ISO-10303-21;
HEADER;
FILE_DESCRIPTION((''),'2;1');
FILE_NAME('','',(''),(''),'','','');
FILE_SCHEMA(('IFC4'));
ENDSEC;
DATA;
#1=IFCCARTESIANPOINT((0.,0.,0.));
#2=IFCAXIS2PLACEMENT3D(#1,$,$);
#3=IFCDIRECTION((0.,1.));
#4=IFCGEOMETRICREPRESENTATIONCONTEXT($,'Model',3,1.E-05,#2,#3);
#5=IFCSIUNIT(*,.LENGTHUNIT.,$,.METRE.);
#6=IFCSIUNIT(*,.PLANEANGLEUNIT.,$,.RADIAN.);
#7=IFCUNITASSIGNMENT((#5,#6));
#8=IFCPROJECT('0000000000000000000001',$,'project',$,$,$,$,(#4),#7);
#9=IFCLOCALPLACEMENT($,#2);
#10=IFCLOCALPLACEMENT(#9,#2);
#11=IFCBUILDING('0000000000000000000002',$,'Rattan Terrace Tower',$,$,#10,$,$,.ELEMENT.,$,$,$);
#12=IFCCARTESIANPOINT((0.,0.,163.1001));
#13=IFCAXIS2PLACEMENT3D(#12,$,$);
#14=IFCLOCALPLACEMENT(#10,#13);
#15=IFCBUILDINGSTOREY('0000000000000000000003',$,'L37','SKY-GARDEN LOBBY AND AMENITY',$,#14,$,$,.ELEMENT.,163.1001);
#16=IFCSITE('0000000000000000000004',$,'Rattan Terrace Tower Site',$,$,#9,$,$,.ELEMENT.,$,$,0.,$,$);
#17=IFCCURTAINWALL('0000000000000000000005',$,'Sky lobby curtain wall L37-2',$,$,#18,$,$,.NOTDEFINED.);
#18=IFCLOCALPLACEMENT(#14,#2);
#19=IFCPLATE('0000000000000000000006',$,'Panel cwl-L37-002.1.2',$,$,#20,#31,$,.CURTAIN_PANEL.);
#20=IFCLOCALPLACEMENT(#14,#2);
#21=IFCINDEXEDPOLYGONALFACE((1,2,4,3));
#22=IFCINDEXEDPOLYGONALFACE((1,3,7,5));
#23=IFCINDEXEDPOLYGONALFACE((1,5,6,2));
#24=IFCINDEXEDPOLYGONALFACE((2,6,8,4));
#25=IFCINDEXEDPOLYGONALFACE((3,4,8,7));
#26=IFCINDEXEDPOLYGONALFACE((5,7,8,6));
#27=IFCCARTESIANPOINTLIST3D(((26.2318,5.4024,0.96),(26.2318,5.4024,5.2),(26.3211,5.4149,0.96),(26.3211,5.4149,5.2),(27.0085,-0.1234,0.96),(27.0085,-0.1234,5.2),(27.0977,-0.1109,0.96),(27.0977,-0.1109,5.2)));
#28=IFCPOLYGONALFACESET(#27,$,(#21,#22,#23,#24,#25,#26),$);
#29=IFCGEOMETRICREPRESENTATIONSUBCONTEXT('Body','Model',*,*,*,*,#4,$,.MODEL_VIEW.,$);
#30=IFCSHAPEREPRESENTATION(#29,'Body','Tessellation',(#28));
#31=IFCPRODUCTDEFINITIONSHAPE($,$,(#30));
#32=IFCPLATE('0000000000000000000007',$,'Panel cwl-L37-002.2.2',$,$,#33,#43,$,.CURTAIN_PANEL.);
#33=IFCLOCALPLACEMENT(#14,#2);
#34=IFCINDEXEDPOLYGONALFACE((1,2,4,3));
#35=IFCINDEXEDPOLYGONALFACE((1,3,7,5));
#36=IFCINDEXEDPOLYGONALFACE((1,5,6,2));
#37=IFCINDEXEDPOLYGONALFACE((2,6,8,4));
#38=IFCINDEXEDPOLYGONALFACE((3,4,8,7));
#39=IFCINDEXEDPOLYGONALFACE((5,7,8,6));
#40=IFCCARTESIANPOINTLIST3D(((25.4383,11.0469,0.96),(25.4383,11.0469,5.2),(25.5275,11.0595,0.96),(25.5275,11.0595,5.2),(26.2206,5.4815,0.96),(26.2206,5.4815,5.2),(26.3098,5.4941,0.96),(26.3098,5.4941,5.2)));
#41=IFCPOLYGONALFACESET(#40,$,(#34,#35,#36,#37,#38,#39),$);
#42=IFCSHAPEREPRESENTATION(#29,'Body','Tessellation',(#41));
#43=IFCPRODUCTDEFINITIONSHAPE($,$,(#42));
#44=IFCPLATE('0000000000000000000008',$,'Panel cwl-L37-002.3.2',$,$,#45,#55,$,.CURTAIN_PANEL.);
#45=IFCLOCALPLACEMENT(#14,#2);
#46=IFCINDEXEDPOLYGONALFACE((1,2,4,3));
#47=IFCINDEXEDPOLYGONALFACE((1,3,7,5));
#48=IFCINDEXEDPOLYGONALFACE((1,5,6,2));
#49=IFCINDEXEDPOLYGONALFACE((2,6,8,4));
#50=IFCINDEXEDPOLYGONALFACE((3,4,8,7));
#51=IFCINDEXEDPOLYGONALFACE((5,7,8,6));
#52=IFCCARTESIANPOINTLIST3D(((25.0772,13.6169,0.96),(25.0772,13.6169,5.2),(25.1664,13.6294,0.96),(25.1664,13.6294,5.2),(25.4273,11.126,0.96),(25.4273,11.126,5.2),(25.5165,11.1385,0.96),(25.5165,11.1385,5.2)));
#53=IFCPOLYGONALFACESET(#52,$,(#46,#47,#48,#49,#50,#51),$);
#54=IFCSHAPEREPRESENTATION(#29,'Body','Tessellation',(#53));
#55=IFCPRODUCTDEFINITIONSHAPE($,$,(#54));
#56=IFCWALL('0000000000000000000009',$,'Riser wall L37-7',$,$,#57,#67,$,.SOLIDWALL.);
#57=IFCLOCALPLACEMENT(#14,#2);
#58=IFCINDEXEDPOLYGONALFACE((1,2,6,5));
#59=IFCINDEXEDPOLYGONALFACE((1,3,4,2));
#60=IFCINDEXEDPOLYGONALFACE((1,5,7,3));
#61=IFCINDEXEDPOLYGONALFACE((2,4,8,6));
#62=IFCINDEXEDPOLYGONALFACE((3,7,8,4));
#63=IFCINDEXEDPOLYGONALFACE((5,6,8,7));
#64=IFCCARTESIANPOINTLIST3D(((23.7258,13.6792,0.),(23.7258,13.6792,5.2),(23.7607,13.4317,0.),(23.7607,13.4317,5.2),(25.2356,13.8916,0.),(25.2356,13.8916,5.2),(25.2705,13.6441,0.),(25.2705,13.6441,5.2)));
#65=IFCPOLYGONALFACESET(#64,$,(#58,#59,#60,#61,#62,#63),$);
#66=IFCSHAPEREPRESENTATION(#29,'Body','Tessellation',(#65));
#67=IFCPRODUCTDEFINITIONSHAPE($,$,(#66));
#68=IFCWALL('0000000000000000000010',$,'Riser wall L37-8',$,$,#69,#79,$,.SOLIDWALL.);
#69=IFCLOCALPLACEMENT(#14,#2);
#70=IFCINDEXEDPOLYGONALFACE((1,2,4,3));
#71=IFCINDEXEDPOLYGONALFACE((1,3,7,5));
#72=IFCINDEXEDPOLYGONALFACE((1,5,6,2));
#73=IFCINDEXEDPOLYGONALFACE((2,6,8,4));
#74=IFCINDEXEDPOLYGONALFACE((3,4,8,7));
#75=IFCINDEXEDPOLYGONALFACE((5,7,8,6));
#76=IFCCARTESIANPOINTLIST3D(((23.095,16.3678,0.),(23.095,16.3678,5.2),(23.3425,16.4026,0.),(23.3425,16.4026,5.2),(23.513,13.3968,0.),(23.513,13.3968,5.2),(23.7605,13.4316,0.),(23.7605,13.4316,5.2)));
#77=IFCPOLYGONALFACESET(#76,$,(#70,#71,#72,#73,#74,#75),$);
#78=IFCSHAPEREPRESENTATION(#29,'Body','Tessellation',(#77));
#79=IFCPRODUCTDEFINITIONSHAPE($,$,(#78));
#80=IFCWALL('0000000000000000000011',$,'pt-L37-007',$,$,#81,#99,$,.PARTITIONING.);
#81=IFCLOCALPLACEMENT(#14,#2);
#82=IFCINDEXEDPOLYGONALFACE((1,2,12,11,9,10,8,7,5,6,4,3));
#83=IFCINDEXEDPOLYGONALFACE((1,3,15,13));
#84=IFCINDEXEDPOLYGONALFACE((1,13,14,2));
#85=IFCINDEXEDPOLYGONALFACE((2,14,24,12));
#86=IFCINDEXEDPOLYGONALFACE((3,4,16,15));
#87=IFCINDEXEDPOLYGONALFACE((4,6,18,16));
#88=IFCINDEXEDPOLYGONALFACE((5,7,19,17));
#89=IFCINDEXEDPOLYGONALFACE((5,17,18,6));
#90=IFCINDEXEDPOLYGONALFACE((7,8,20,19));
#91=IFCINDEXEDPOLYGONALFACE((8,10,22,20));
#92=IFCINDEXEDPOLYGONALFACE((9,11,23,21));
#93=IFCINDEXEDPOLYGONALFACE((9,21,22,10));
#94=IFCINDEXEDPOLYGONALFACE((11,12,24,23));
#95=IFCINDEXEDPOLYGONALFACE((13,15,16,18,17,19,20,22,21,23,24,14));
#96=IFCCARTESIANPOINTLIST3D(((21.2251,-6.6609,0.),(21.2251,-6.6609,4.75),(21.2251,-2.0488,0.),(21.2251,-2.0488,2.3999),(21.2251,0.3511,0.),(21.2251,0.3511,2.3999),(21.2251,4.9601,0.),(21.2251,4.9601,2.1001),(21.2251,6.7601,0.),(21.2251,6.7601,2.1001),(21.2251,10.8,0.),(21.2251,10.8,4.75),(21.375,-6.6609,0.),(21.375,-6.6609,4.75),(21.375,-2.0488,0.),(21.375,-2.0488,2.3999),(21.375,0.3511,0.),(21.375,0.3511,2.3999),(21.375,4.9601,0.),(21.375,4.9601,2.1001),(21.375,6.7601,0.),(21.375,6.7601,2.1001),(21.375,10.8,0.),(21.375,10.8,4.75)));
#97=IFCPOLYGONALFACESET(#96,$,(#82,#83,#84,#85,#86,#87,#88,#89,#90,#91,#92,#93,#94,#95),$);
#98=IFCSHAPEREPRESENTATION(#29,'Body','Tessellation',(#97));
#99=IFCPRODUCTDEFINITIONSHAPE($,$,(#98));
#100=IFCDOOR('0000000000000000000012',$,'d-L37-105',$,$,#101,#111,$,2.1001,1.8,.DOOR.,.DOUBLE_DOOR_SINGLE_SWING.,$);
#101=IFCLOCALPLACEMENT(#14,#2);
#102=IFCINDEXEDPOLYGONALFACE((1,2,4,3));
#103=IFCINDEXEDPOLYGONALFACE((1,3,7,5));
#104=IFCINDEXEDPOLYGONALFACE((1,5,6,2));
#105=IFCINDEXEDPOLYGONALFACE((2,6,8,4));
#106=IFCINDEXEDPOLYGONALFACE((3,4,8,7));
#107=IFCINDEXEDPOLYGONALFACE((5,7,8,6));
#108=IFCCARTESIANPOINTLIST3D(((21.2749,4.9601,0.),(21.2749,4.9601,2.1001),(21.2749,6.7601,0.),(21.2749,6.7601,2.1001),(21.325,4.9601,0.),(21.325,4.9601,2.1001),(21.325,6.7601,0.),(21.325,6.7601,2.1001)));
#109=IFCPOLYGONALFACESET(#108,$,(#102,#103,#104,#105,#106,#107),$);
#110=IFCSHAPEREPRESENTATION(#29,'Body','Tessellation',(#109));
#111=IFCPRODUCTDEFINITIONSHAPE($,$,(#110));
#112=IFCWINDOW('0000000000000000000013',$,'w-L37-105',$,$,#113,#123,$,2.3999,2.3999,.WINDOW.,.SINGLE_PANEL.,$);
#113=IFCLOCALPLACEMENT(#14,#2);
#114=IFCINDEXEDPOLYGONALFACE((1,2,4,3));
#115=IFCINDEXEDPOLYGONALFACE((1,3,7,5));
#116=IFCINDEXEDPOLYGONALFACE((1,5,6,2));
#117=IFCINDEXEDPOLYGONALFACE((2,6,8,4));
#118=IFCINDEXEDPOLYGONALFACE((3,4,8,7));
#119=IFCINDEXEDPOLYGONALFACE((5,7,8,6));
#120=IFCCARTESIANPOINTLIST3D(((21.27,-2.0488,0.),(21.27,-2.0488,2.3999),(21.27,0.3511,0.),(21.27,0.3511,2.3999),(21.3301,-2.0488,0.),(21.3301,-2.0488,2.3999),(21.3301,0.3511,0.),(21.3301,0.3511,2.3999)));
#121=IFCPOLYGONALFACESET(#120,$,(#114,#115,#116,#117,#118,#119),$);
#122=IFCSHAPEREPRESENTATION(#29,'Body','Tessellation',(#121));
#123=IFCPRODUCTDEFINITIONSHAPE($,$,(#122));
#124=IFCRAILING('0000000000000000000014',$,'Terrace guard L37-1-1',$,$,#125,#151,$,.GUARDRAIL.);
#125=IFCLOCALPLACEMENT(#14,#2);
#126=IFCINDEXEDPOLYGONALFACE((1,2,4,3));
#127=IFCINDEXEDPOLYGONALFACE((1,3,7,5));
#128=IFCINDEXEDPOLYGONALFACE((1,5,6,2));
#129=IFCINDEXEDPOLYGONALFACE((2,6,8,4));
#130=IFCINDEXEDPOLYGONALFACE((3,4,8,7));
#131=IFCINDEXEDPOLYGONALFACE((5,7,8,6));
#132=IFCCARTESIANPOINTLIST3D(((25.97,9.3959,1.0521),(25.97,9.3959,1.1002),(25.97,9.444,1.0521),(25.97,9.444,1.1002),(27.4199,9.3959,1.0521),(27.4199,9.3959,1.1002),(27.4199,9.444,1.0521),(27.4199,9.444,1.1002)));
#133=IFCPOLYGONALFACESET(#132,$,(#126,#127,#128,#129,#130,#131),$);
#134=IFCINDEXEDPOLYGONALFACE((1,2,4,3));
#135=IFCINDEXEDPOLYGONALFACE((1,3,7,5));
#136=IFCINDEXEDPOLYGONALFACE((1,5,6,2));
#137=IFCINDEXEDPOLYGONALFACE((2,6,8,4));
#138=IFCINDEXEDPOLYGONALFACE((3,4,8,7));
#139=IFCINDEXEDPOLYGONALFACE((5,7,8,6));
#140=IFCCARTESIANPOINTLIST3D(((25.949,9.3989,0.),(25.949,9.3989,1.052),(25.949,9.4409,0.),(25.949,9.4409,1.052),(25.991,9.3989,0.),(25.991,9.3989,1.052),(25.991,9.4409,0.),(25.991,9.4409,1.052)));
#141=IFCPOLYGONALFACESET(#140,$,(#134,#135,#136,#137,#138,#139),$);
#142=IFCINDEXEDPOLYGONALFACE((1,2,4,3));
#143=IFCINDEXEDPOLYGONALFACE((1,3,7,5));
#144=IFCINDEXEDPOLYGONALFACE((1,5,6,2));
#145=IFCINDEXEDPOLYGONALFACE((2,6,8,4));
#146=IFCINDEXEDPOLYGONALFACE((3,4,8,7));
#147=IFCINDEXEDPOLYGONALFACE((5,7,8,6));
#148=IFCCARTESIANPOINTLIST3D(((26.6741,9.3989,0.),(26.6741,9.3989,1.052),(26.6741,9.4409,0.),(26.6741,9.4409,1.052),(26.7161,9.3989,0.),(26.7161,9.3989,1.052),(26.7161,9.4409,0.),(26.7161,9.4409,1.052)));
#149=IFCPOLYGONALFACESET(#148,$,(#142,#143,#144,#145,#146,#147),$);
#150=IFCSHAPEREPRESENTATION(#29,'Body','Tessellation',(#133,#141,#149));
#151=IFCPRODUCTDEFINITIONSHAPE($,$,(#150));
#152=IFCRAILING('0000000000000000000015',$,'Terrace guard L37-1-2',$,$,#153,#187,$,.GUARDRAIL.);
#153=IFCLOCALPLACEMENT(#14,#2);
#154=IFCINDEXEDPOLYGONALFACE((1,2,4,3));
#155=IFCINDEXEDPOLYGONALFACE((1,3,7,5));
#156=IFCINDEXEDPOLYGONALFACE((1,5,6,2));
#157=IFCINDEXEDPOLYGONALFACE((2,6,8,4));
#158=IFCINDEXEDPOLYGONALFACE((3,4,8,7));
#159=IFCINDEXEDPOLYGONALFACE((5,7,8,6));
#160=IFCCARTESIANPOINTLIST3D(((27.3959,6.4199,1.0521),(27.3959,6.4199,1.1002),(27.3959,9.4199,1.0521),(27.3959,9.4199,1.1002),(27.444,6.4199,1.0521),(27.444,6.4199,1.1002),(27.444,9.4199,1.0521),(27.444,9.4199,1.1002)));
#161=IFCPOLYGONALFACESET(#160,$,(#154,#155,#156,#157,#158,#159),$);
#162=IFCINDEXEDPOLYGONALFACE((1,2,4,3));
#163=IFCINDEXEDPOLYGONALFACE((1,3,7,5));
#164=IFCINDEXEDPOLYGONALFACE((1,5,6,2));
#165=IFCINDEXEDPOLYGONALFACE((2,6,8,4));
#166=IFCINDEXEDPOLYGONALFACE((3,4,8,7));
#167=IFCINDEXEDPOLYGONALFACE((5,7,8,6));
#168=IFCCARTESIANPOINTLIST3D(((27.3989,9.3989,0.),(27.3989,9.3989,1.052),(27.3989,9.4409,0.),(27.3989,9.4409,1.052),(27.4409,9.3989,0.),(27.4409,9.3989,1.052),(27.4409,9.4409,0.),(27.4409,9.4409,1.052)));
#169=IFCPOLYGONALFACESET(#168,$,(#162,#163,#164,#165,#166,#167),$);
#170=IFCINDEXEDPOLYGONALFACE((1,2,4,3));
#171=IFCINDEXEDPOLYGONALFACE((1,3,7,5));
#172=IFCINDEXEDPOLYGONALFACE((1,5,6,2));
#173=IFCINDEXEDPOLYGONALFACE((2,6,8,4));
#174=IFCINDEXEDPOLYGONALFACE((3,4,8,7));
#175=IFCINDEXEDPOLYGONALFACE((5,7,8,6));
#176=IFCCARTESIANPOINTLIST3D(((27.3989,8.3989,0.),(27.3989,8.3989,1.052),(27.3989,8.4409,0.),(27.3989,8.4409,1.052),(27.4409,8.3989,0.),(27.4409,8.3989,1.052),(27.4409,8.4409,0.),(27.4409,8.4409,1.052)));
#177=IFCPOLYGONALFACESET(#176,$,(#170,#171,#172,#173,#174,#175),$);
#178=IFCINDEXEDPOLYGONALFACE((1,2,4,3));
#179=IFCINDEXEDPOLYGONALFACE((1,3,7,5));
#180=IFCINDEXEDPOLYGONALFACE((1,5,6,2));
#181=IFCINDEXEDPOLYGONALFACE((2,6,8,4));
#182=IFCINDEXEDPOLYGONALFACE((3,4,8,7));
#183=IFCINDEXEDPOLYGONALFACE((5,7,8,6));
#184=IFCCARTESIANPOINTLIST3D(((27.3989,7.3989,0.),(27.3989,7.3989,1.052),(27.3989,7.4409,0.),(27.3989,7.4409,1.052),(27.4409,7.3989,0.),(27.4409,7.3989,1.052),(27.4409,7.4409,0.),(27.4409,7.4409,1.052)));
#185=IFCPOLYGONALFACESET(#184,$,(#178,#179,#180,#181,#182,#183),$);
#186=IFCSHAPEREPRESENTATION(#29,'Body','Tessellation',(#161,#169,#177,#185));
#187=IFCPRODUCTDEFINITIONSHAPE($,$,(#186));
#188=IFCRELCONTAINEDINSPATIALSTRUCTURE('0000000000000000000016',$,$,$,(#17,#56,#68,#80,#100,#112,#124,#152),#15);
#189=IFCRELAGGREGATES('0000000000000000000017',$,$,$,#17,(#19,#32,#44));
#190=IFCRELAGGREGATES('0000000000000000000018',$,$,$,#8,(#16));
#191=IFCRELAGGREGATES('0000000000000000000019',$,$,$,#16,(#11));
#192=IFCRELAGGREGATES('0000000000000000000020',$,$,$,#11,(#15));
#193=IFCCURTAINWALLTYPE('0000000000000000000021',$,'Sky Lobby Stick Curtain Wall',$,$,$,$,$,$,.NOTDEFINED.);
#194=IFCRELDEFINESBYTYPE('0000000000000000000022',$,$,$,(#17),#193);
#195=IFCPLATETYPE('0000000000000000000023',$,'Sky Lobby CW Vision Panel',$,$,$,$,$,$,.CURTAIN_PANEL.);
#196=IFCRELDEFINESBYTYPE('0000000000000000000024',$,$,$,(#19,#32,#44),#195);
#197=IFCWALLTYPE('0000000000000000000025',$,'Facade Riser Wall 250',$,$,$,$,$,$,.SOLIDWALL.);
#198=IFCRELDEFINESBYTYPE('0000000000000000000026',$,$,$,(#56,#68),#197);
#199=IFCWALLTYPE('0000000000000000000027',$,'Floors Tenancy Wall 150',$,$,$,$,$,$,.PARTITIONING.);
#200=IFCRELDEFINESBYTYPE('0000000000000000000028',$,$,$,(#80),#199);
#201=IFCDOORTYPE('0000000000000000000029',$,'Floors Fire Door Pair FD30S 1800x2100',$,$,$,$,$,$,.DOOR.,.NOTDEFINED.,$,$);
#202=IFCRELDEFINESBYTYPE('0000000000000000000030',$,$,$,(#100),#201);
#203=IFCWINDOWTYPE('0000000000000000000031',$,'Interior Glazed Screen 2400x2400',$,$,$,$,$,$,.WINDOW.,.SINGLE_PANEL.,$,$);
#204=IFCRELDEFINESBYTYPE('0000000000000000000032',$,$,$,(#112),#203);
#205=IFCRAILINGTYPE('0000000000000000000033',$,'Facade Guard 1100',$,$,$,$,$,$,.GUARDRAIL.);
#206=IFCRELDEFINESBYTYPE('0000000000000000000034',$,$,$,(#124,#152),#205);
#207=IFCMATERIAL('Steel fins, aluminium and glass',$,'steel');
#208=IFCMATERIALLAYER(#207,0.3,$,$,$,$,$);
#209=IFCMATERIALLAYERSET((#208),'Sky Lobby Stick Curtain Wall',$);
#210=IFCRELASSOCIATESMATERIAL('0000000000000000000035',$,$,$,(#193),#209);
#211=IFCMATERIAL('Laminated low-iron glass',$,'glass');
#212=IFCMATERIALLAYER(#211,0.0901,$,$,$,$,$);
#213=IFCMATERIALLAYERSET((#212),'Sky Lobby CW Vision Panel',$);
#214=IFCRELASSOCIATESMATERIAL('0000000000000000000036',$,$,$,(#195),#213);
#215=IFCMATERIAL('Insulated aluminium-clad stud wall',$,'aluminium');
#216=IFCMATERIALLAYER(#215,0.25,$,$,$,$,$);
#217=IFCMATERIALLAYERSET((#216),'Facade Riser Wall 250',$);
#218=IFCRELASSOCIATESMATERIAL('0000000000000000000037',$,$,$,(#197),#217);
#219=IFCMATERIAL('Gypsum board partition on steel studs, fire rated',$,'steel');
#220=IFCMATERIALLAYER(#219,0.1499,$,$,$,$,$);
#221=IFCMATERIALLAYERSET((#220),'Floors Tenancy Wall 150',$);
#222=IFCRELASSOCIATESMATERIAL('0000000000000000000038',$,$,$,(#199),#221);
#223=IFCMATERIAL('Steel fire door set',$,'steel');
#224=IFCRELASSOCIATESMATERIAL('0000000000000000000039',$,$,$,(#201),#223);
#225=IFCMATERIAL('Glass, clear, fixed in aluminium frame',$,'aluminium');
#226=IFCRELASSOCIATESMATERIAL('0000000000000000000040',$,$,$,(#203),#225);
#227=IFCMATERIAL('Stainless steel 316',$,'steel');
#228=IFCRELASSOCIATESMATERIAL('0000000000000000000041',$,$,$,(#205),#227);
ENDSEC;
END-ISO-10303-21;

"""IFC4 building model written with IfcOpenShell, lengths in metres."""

from ifc_helpers import new_model, si_unit, direction, frame, frame_2d, origin, origin_2d, place, context, subcontext, project, spatial, rectangle, extrude, material, layer, layer_set, type_object, element, fill, aggregate, save


model = new_model("IFC4")

# Units and contexts
model_context = context("Model", 3, precision=1e-05, world=origin(), true_north=direction((0.0, 1.0)))
body_context = subcontext(model_context, "Body", "Model", "MODEL_VIEW")
ifc_project = project(units=[si_unit("LENGTHUNIT", "METRE"), si_unit("PLANEANGLEUNIT", "RADIAN")], contexts=[model_context])

# Site, building, storey
site_placement = place(None, origin())
site = spatial("IfcSite", under=ifc_project, at=site_placement, Name="Rattan Terrace Tower Site", CompositionType="ELEMENT", RefElevation=0.0)
building_placement = place(site_placement, origin())
building = spatial("IfcBuilding", under=site, at=building_placement, Name="Rattan Terrace Tower", CompositionType="ELEMENT")
storey_placement = place(building_placement, frame((0.0, 0.0, 163.1001)))
storey = spatial("IfcBuildingStorey", under=building, at=storey_placement, Name="L37", Description="SKY-GARDEN LOBBY AND AMENITY", CompositionType="ELEMENT", Elevation=163.1001)

# Curtain wall, plates
ifc_material_1 = material(Name="Steel fins, aluminium and glass", Category="steel")
ifc_layer_1 = layer(ifc_material_1, 0.3)
ifc_layer_set_1 = layer_set([ifc_layer_1], Name="Sky Lobby Stick Curtain Wall")
curtain_wall_type = type_object("IfcCurtainWallType", Name="Sky Lobby Stick Curtain Wall", PredefinedType="NOTDEFINED", material=ifc_layer_set_1)
curtain_wall_placement = place(storey_placement, origin())
curtain_wall = element("IfcCurtainWall", 1, at=curtain_wall_placement, inside=storey, type_object=curtain_wall_type, Name="Sky lobby curtain wall L37-2", PredefinedType="NOTDEFINED")
ifc_material_2 = material(Name="Laminated low-iron glass", Category="glass")
ifc_layer_2 = layer(ifc_material_2, 0.0901)
ifc_layer_set_2 = layer_set([ifc_layer_2], Name="Sky Lobby CW Vision Panel")
plate_type_1 = type_object("IfcPlateType", Name="Sky Lobby CW Vision Panel", PredefinedType="CURTAIN_PANEL", material=ifc_layer_set_2)
plate_1_placement = place(storey_placement, frame((26.6648, 2.6458, 0.96), z_axis=(0.0, 0.0, 1.0), x_axis=(-0.139191, 0.990266, 0.0)))
plate_1 = element("IfcPlate", 2, at=plate_1_placement, type_object=plate_type_1, Name="Panel cwl-L37-002.1.2", PredefinedType="CURTAIN_PANEL", context=body_context, shape_type="SweptSolid", body=[
    extrude(rectangle(XDim=5.5801, YDim=0.0901, at=origin_2d()), origin(), (0.0, 0.0, 1.0), 4.24),
])
plate_2_placement = place(storey_placement, frame((25.874, 8.2705, 0.96), z_axis=(0.0, 0.0, 1.0), x_axis=(-0.139191, 0.990266, 0.0)))
plate_2 = element("IfcPlate", 3, at=plate_2_placement, type_object=plate_type_1, Name="Panel cwl-L37-002.2.2", PredefinedType="CURTAIN_PANEL", context=body_context, shape_type="SweptSolid", body=[
    extrude(rectangle(XDim=5.6201, YDim=0.0901, at=origin_2d()), origin(), (0.0, 0.0, 1.0), 4.24),
])
plate_3_placement = place(storey_placement, frame((25.2969, 12.3777, 0.96), z_axis=(0.0, 0.0, 1.0), x_axis=(-0.139191, 0.990266, 0.0)))
plate_3 = element("IfcPlate", 4, at=plate_3_placement, type_object=plate_type_1, Name="Panel cwl-L37-002.3.2", PredefinedType="CURTAIN_PANEL", context=body_context, shape_type="SweptSolid", body=[
    extrude(rectangle(XDim=2.5154, YDim=0.0901, at=origin_2d()), origin(), (0.0, 0.0, 1.0), 4.24),
])
aggregate(curtain_wall, [plate_1, plate_2, plate_3])

# Walls
ifc_material_3 = material(Name="Insulated aluminium-clad stud wall", Category="aluminium")
ifc_layer_3 = layer(ifc_material_3, 0.25)
ifc_layer_set_3 = layer_set([ifc_layer_3], Name="Facade Riser Wall 250")
wall_type_1 = type_object("IfcWallType", Name="Facade Riser Wall 250", PredefinedType="SOLIDWALL", material=ifc_layer_set_3)
wall_1_placement = place(storey_placement, frame((25.2529, 13.7678, 0.0), z_axis=(0.0, 0.0, 1.0), x_axis=(-0.990248, -0.139314, 0.0)))
element("IfcWall", 5, at=wall_1_placement, inside=storey, type_object=wall_type_1, Name="Riser wall L37-7", PredefinedType="SOLIDWALL", context=body_context, shape_type="SweptSolid", body=[
    extrude(rectangle(XDim=1.5247, YDim=0.25, at=frame_2d((0.7622, 0.0))), origin(), (0.0, 0.0, 1.0), 5.2),
])
wall_2_placement = place(storey_placement, frame((23.6367, 13.4143, 0.0), z_axis=(0.0, 0.0, 1.0), x_axis=(-0.139313, 0.990248, 0.0)))
element("IfcWall", 6, at=wall_2_placement, inside=storey, type_object=wall_type_1, Name="Riser wall L37-8", PredefinedType="SOLIDWALL", context=body_context, shape_type="SweptSolid", body=[
    extrude(rectangle(XDim=3.0002, YDim=0.25, at=frame_2d((1.5, 0.0))), origin(), (0.0, 0.0, 1.0), 5.2),
])

# Shared definitions
ifc_material_4 = material(Name="Gypsum board partition on steel studs, fire rated", Category="steel")
ifc_layer_4 = layer(ifc_material_4, 0.1499)
ifc_layer_set_4 = layer_set([ifc_layer_4], Name="Floors Tenancy Wall 150")
wall_type_2 = type_object("IfcWallType", Name="Floors Tenancy Wall 150", PredefinedType="PARTITIONING", material=ifc_layer_set_4)

# Wall, openings, door, window
wall_3_placement = place(storey_placement, frame((21.3, 10.8, 0.0), z_axis=(0.0, 0.0, 1.0), x_axis=(0.0, -1.0, 0.0)))
wall_3 = element("IfcWall", 7, at=wall_3_placement, inside=storey, type_object=wall_type_2, Name="pt-L37-007", PredefinedType="PARTITIONING", context=body_context, shape_type="SweptSolid", body=[
    extrude(rectangle(XDim=17.4609, YDim=0.1499, at=frame_2d((8.7305, 0.0))), origin(), (0.0, 0.0, 1.0), 4.75),
])
opening_1_placement = place(wall_3_placement, frame((4.04, 0.0, 0.0)))
opening_1 = element("IfcOpeningElement", 8, at=opening_1_placement, cuts=wall_3, PredefinedType="OPENING", context=body_context, shape_type="SweptSolid", body=[
    extrude(rectangle(XDim=1.8, YDim=2.1001, at=frame_2d((0.8999, 1.05))), frame((0.0, 0.0854, 0.0), z_axis=(0.0, -1.0, 0.0), x_axis=(1.0, 0.0, 0.0)), (0.0, 0.0, 1.0), 0.1709),
])
opening_2_placement = place(wall_3_placement, frame((10.449, 0.0, 0.0)))
opening_2 = element("IfcOpeningElement", 9, at=opening_2_placement, cuts=wall_3, PredefinedType="OPENING", context=body_context, shape_type="SweptSolid", body=[
    extrude(rectangle(XDim=2.3999, YDim=2.3999, at=frame_2d((1.2, 1.2))), frame((0.0, 0.0854, 0.0), z_axis=(0.0, -1.0, 0.0), x_axis=(1.0, 0.0, 0.0)), (0.0, 0.0, 1.0), 0.1709),
])
ifc_material_5 = material(Name="Steel fire door set", Category="steel")
door_type = type_object("IfcDoorType", Name="Floors Fire Door Pair FD30S 1800x2100", OperationType="NOTDEFINED", PredefinedType="DOOR", material=ifc_material_5)
door_placement = place(opening_1_placement, origin())
door = element("IfcDoor", 10, at=door_placement, inside=storey, type_object=door_type, Name="d-L37-105", OperationType="DOUBLE_DOOR_SINGLE_SWING", OverallHeight=2.1001, OverallWidth=1.8, PredefinedType="DOOR", context=body_context, shape_type="SweptSolid", body=[
    extrude(rectangle(XDim=1.8, YDim=2.1001, at=frame_2d((0.8999, 1.05))), frame((0.0, 0.0249, 0.0), z_axis=(0.0, -1.0, 0.0), x_axis=(1.0, 0.0, 0.0)), (0.0, 0.0, 1.0), 0.05),
])
fill(opening_1, door)
ifc_material_6 = material(Name="Glass, clear, fixed in aluminium frame", Category="aluminium")
window_type_1 = type_object("IfcWindowType", Name="Interior Glazed Screen 2400x2400", PartitioningType="SINGLE_PANEL", PredefinedType="WINDOW", material=ifc_material_6)
window_1_placement = place(opening_2_placement, origin())
window_1 = element("IfcWindow", 11, at=window_1_placement, inside=storey, type_object=window_type_1, Name="w-L37-105", OverallHeight=2.3999, OverallWidth=2.3999, PartitioningType="SINGLE_PANEL", PredefinedType="WINDOW", context=body_context, shape_type="SweptSolid", body=[
    extrude(rectangle(XDim=2.3999, YDim=2.3999, at=frame_2d((1.2, 1.2))), frame((0.0, 0.03, 0.0), z_axis=(0.0, -1.0, 0.0), x_axis=(1.0, 0.0, 0.0)), (0.0, 0.0, 1.0), 0.0601),
])
fill(opening_2, window_1)

# Railings
ifc_material_7 = material(Name="Stainless steel 316", Category="steel")
railing_type = type_object("IfcRailingType", Name="Facade Guard 1100", PredefinedType="GUARDRAIL", material=ifc_material_7)
railing_1_placement = place(storey_placement, frame((25.97, 9.4199, 0.0)))
element("IfcRailing", 12, at=railing_1_placement, inside=storey, type_object=railing_type, Name="Terrace guard L37-1-1", PredefinedType="GUARDRAIL", context=body_context, shape_type="SweptSolid", body=[
    extrude(rectangle(XDim=0.0481, YDim=0.0481, at=origin_2d()), frame((0.0, 0.0, 1.0762), z_axis=(1.0, 0.0, 0.0), x_axis=(0.0, 1.0, 0.0)), (0.0, 0.0, 1.0), 1.45),
    extrude(rectangle(XDim=0.042, YDim=0.042, at=origin_2d()), origin(), (0.0, 0.0, 1.0), 1.052),
    extrude(rectangle(XDim=0.042, YDim=0.042, at=origin_2d()), frame((0.7251, 0.0, 0.0)), (0.0, 0.0, 1.0), 1.052),
])
railing_2_placement = place(storey_placement, frame((27.4199, 9.4199, 0.0)))
element("IfcRailing", 13, at=railing_2_placement, inside=storey, type_object=railing_type, Name="Terrace guard L37-1-2", PredefinedType="GUARDRAIL", context=body_context, shape_type="SweptSolid", body=[
    extrude(rectangle(XDim=0.0481, YDim=0.0481, at=origin_2d()), frame((0.0, 0.0, 1.0762), z_axis=(0.0, -1.0, 0.0), x_axis=(1.0, 0.0, 0.0)), (0.0, 0.0, 1.0), 3.0),
    extrude(rectangle(XDim=0.042, YDim=0.042, at=origin_2d()), origin(), (0.0, 0.0, 1.0), 1.052),
    extrude(rectangle(XDim=0.042, YDim=0.042, at=origin_2d()), frame((0.0, -1.0, 0.0)), (0.0, 0.0, 1.0), 1.052),
    extrude(rectangle(XDim=0.042, YDim=0.042, at=origin_2d()), frame((0.0, -2.0, 0.0)), (0.0, 0.0, 1.0), 1.052),
])

save(model, "model.ifc")
